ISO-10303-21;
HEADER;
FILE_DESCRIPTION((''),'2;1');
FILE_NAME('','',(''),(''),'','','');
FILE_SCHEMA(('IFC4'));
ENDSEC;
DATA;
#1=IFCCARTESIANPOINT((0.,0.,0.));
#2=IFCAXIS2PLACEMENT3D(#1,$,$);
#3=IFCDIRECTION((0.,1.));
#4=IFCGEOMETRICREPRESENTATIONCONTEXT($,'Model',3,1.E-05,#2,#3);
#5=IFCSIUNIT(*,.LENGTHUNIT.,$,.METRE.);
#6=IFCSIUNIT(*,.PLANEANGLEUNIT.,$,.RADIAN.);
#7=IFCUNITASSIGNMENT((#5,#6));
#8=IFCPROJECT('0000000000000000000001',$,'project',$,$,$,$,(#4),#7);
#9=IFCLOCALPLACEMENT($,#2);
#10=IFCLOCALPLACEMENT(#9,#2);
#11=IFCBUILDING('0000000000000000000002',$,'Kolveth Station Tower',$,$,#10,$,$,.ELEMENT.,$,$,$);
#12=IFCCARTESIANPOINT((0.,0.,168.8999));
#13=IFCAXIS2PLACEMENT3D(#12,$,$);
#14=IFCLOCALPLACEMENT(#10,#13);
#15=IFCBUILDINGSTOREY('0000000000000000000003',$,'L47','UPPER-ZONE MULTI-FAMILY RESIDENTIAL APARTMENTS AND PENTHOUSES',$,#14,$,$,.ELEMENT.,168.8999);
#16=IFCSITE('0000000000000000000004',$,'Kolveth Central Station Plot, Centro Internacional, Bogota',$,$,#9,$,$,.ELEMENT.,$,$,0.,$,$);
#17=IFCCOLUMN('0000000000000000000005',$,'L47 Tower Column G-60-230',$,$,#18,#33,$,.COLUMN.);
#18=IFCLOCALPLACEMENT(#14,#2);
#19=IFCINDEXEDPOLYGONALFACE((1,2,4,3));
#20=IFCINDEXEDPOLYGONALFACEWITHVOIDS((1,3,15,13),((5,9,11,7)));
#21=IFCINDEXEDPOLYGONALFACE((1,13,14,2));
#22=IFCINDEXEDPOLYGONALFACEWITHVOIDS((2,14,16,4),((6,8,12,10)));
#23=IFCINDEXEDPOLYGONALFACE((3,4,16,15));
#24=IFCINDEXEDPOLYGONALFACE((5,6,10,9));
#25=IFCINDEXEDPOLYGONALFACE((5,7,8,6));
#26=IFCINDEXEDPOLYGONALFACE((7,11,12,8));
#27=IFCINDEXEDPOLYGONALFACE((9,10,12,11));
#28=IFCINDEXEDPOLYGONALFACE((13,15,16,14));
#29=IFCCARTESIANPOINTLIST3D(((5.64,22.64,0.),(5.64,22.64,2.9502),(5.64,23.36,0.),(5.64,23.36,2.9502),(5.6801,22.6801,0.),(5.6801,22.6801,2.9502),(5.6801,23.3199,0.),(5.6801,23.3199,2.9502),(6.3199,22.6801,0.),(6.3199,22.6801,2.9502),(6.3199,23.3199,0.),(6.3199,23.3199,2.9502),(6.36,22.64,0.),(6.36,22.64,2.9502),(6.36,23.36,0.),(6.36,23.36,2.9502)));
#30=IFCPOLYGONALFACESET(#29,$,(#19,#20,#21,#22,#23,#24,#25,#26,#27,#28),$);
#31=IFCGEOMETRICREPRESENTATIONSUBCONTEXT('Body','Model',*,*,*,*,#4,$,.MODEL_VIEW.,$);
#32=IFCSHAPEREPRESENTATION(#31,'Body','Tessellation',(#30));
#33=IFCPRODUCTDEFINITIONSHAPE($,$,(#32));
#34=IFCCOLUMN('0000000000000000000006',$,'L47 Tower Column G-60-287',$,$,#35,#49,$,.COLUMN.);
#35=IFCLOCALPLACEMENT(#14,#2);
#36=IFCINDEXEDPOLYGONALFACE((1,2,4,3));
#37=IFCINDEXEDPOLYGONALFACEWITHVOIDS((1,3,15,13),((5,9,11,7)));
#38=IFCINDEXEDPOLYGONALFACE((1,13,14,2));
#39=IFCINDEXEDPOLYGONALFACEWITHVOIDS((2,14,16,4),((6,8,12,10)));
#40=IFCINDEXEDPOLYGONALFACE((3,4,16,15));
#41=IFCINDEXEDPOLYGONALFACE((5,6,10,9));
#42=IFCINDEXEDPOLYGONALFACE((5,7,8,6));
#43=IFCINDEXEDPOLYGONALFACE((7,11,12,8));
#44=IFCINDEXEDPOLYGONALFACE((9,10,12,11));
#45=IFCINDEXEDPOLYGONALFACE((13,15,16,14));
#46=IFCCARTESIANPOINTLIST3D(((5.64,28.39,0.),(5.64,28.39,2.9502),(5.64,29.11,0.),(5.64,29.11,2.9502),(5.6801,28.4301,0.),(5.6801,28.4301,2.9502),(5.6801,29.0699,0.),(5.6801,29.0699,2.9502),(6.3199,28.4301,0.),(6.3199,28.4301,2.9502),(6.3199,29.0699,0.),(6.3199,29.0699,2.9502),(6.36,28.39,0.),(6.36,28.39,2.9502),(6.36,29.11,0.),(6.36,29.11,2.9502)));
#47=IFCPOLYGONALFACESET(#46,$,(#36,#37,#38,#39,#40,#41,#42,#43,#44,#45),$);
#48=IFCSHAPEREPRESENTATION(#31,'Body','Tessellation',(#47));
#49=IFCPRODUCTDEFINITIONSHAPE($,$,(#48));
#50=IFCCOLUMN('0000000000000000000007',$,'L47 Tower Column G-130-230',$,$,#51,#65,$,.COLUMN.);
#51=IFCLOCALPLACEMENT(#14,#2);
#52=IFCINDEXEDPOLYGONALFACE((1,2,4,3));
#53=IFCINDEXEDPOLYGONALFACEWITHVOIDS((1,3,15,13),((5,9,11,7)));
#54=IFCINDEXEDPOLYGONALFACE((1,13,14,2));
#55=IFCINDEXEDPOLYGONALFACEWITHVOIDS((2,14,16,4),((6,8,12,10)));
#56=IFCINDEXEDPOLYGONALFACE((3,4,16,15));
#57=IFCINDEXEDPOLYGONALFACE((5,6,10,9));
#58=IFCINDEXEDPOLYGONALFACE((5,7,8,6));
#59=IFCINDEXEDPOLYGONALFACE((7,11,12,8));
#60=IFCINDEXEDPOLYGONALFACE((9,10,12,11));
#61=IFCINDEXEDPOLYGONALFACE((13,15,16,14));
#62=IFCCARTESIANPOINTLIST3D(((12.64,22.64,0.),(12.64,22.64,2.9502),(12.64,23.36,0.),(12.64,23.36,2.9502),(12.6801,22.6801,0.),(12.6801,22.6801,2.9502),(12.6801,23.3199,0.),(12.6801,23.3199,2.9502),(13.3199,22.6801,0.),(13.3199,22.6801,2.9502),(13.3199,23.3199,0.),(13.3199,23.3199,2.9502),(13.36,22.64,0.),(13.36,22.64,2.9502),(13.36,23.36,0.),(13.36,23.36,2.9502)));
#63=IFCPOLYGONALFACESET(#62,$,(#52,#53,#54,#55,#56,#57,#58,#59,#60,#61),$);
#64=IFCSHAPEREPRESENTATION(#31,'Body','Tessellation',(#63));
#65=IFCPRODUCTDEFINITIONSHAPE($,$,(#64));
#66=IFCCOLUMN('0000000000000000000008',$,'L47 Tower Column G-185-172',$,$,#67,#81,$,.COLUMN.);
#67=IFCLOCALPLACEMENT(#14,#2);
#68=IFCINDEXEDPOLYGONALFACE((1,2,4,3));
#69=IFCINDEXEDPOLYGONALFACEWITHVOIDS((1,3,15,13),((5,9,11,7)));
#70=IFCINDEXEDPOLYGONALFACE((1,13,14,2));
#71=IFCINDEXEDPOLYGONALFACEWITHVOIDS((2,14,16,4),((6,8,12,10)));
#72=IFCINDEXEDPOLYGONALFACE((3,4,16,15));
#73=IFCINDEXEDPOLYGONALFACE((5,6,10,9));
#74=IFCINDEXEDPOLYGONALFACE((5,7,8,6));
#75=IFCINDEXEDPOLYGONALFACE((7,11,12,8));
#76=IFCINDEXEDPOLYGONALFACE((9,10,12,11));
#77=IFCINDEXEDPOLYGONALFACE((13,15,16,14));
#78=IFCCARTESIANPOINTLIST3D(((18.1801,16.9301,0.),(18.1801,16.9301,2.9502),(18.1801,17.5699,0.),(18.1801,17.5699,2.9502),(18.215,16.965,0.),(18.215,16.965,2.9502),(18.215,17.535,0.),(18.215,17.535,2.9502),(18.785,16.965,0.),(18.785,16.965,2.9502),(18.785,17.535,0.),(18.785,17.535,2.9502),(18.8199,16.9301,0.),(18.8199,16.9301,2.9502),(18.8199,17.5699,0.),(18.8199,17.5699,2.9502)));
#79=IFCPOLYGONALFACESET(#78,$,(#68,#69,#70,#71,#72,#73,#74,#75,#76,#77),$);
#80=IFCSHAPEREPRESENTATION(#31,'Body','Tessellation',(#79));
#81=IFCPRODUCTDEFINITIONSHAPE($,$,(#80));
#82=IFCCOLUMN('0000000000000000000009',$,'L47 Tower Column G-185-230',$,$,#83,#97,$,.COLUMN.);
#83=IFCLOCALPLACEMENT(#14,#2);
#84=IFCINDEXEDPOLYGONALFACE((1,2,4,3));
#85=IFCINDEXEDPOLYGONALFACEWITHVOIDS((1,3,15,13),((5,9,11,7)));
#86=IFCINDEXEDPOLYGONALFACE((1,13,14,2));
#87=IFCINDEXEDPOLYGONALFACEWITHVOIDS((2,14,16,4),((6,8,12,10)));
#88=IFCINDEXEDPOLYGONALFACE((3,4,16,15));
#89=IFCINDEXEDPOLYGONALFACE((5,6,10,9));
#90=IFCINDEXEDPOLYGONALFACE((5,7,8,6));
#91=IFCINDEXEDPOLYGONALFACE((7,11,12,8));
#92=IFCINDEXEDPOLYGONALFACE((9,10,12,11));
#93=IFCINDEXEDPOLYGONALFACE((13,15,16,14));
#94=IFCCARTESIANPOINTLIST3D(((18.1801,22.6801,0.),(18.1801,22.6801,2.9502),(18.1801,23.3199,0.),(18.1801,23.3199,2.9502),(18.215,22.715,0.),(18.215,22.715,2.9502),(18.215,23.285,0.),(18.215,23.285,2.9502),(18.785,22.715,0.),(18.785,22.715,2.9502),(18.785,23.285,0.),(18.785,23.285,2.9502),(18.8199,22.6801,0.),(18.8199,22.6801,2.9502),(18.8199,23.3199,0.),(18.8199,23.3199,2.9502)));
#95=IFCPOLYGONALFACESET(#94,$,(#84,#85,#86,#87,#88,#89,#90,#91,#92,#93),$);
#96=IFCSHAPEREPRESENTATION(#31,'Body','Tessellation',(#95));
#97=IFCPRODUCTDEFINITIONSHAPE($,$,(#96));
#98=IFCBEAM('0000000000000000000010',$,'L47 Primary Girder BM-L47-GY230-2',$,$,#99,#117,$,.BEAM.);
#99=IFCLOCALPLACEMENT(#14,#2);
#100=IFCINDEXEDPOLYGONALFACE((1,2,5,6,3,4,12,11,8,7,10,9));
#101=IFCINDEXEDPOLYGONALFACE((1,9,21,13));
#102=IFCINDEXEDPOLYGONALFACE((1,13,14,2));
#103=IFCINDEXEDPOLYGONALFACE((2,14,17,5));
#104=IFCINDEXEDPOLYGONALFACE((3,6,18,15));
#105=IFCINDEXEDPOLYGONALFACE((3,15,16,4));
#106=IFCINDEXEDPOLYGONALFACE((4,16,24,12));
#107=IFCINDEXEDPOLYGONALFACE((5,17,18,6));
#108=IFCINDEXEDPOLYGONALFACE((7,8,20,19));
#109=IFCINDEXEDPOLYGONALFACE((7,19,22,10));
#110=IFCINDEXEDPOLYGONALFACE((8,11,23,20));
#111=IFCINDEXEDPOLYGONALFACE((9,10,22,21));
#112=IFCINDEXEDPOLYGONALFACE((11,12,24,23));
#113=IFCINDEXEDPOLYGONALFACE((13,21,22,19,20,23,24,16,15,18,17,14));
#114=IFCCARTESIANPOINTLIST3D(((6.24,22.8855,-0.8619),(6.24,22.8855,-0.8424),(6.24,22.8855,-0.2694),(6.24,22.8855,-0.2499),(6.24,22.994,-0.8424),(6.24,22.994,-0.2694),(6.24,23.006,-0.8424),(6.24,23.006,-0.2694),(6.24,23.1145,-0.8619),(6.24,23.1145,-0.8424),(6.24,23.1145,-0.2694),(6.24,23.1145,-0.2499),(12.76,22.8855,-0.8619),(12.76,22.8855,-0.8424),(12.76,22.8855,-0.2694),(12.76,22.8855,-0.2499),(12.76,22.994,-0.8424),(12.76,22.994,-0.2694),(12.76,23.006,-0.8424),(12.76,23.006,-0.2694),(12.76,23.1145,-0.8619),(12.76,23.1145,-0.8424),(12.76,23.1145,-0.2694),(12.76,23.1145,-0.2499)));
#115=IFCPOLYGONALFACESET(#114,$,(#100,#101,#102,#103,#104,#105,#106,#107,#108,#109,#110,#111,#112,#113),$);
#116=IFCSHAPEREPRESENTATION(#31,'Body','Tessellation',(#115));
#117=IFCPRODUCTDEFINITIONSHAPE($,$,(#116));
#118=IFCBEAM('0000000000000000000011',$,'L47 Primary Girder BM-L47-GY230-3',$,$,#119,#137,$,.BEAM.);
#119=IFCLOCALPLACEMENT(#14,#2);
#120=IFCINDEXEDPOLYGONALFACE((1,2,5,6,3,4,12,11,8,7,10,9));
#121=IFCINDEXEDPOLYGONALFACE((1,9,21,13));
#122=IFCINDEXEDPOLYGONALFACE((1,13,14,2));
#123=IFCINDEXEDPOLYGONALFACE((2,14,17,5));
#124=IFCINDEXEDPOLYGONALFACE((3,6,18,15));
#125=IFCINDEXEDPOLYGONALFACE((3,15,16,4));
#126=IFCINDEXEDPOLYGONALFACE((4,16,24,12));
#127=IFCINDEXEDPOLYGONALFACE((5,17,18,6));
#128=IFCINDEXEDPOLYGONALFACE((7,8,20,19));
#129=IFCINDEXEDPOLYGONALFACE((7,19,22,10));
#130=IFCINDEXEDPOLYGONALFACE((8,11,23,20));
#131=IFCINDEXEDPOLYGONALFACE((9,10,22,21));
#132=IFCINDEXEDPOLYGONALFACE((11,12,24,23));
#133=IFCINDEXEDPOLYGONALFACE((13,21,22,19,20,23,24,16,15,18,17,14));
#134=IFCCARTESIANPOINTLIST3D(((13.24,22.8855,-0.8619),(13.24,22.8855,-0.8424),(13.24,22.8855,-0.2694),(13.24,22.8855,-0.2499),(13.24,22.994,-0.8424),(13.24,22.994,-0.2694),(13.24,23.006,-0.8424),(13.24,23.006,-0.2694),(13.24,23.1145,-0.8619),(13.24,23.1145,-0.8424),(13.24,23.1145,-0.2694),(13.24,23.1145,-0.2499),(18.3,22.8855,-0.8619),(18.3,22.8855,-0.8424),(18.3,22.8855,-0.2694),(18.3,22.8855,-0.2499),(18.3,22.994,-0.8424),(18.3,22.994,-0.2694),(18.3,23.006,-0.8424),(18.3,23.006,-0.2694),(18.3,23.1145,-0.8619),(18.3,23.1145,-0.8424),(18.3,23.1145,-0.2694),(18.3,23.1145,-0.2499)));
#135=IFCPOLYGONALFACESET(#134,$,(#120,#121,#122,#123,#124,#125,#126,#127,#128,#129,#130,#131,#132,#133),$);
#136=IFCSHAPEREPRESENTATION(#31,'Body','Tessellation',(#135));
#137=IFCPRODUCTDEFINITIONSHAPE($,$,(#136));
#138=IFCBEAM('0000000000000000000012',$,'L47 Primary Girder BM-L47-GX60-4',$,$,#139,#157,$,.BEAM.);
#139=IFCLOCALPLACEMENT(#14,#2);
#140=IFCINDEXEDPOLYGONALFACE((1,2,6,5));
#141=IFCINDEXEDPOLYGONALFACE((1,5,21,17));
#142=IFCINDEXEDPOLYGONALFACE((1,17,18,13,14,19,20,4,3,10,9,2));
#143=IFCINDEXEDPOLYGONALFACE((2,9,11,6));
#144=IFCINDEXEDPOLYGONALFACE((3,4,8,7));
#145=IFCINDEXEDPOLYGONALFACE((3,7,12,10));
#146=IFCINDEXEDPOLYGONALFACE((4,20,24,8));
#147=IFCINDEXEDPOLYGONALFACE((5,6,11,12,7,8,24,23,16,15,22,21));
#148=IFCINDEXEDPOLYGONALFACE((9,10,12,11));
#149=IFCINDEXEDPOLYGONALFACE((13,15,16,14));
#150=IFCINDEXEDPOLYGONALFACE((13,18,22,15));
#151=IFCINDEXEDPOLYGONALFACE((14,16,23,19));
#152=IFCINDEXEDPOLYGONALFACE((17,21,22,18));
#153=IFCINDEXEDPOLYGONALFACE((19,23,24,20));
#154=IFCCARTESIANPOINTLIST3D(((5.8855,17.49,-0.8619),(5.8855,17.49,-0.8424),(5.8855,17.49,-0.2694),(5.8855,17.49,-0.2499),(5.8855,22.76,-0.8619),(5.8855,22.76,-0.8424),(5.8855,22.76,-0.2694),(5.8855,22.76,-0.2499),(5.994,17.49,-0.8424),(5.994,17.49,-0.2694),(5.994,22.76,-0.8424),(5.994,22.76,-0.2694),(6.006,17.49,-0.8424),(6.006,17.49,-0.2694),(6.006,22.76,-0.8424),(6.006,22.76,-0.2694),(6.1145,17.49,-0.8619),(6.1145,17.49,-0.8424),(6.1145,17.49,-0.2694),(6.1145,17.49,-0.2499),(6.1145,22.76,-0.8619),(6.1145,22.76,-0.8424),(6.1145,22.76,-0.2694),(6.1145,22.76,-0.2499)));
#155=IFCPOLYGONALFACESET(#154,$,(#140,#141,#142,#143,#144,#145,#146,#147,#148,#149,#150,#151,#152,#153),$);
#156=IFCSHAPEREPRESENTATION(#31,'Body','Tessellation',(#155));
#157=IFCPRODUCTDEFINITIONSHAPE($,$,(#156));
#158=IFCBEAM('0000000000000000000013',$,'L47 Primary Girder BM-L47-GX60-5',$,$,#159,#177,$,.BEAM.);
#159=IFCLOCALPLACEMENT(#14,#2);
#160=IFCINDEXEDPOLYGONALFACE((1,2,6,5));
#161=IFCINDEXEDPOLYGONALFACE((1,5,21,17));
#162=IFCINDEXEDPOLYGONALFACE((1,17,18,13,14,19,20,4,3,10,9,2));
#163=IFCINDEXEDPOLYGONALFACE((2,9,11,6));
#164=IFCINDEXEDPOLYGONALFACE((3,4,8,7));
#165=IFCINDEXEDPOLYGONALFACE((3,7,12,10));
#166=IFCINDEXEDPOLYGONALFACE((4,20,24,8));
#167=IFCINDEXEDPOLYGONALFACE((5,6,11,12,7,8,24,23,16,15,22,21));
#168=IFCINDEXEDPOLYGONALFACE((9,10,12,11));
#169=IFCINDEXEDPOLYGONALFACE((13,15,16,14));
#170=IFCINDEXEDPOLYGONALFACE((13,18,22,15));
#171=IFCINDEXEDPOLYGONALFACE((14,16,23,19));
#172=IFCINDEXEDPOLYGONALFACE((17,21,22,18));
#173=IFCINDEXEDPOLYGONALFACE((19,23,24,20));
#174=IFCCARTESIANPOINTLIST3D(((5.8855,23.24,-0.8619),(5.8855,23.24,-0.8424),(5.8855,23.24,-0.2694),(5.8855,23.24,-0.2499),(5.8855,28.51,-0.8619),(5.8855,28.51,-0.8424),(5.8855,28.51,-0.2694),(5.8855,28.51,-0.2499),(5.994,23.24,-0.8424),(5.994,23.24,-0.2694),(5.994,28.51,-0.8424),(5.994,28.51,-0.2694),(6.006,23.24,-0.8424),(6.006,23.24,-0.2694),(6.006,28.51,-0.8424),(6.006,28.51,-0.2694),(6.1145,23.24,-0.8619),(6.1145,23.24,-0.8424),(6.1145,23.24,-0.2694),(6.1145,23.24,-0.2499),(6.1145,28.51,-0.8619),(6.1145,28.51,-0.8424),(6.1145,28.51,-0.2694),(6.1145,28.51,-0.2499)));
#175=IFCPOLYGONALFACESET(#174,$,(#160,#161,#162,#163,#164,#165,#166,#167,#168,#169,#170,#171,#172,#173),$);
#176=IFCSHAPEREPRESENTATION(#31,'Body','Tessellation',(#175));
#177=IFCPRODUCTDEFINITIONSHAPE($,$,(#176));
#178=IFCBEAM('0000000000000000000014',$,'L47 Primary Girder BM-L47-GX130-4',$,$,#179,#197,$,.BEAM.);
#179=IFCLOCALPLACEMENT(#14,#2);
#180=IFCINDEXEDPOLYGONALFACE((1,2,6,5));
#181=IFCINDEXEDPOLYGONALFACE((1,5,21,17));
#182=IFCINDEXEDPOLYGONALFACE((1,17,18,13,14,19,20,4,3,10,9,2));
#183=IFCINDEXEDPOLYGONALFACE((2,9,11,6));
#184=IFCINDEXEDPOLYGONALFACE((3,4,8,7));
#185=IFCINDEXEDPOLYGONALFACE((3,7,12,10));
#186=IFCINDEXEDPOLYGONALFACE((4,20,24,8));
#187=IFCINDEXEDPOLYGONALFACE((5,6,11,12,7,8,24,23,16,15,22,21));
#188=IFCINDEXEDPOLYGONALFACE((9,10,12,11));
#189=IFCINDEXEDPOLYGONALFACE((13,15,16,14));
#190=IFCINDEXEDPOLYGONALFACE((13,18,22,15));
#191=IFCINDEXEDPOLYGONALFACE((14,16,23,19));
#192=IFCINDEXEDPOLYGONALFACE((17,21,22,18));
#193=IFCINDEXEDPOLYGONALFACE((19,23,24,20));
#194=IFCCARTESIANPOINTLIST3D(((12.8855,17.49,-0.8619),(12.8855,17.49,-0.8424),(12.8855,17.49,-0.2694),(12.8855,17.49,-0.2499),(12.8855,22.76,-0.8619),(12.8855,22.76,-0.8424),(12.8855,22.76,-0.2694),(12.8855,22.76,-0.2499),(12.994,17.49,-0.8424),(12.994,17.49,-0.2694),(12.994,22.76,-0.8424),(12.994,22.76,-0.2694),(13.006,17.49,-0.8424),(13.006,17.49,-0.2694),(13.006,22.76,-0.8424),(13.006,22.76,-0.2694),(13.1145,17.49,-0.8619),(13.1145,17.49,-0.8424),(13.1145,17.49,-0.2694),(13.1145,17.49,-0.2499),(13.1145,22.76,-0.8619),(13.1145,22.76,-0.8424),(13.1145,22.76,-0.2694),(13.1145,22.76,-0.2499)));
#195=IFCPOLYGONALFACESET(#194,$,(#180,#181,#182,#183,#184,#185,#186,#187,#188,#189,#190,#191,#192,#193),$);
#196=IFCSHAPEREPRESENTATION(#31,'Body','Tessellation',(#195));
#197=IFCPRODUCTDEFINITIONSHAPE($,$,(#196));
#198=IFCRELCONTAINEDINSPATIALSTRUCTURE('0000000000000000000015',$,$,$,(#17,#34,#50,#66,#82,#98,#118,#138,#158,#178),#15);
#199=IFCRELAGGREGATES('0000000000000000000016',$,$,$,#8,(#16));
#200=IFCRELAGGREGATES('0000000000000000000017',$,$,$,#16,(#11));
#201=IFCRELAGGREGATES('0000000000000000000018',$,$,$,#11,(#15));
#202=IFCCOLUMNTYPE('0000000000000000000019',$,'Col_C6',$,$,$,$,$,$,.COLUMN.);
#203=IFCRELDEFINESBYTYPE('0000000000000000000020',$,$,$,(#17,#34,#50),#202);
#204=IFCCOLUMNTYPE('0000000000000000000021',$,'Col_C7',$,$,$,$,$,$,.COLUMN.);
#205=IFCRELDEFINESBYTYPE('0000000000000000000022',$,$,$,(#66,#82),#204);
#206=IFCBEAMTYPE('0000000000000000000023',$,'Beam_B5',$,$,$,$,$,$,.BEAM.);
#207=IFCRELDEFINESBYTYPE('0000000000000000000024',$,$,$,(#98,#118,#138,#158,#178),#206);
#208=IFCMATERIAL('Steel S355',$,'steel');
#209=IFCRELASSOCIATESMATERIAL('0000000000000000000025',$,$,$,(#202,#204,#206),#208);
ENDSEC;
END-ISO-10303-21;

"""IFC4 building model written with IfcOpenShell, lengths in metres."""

from ifc_helpers import new_model, si_unit, direction, frame, origin, origin_2d, place, context, subcontext, project, spatial, hollow_rectangle, i_section, extrude, source, transform, mapped, material, material_profile, profile_set, type_object, element, save


model = new_model("IFC4")

# Units and contexts
model_context = context("Model", 3, precision=1e-05, world=origin(), true_north=direction((0.0, 1.0)))
body_context = subcontext(model_context, "Body", "Model", "MODEL_VIEW")
ifc_project = project(units=[si_unit("LENGTHUNIT", "METRE"), si_unit("PLANEANGLEUNIT", "RADIAN")], contexts=[model_context])

# Site, building, storey
site_placement = place(None, origin())
site = spatial("IfcSite", under=ifc_project, at=site_placement, Name="Kolveth Central Station Plot, Centro Internacional, Bogota", CompositionType="ELEMENT", RefElevation=0.0)
building_placement = place(site_placement, origin())
building = spatial("IfcBuilding", under=site, at=building_placement, Name="Kolveth Station Tower", CompositionType="ELEMENT")
storey_placement = place(building_placement, frame((0.0, 0.0, 168.8999)))
storey = spatial("IfcBuildingStorey", under=building, at=storey_placement, Name="L47", Description="UPPER-ZONE MULTI-FAMILY RESIDENTIAL APARTMENTS AND PENTHOUSES", CompositionType="ELEMENT", Elevation=168.8999)

# Columns
ifc_material_1 = material(Name="Steel S355", Category="steel")
ifc_material_profile_1 = material_profile(ifc_material_1, hollow_rectangle(XDim=0.72, YDim=0.72, WallThickness=0.04, at=origin_2d()), Name="BOX720x720x40")
ifc_profile_set_1 = profile_set([ifc_material_profile_1], Name="Steel S355")
column_type_1 = type_object("IfcColumnType", Name="Col_C6", PredefinedType="COLUMN", material=ifc_profile_set_1)
shared_shape_1 = source(origin(), body_context, "Body", "SweptSolid", [
    extrude(hollow_rectangle(XDim=0.72, YDim=0.72, WallThickness=0.04, at=origin_2d()), origin(), (0.0, 0.0, 1.0), 2.9502),
])
for number, where, z_axis, x_axis, name in (
    (1, (6.0, 23.0, 0.0), (0.0, 0.0, 1.0), (1.0, 0.0, 0.0), "L47 Tower Column G-60-230"),
    (2, (6.0, 28.75, 0.0), (0.0, 0.0, 1.0), (1.0, 0.0, 0.0), "L47 Tower Column G-60-287"),
    (3, (13.0, 23.0, 0.0), (0.0, 0.0, 1.0), (1.0, 0.0, 0.0), "L47 Tower Column G-130-230"),
):
    element("IfcColumn", number, at=place(storey_placement, frame(where, z_axis=z_axis, x_axis=x_axis)), inside=storey, type_object=column_type_1, Name=name, PredefinedType="COLUMN", context=body_context, shape_type="MappedRepresentation", body=[
        mapped(shared_shape_1, transform((0.0, 0.0, 0.0), x_axis=(1.0, 0.0, 0.0), y_axis=(0.0, 1.0, 0.0), z_axis=(0.0, 0.0, 1.0), scale=1.0)),
    ])
ifc_material_profile_2 = material_profile(ifc_material_1, hollow_rectangle(XDim=0.6399, YDim=0.6399, WallThickness=0.0349, at=origin_2d()), Name="BOX640x640x35")
ifc_profile_set_2 = profile_set([ifc_material_profile_2], Name="Steel S355")
column_type_2 = type_object("IfcColumnType", Name="Col_C7", PredefinedType="COLUMN", material=ifc_profile_set_2)
shared_shape_2 = source(origin(), body_context, "Body", "SweptSolid", [
    extrude(hollow_rectangle(XDim=0.6399, YDim=0.6399, WallThickness=0.0349, at=origin_2d()), origin(), (0.0, 0.0, 1.0), 2.9502),
])
for number, where, z_axis, x_axis, name in (
    (4, (18.5, 17.25, 0.0), (0.0, 0.0, 1.0), (1.0, 0.0, 0.0), "L47 Tower Column G-185-172"),
    (5, (18.5, 23.0, 0.0), (0.0, 0.0, 1.0), (1.0, 0.0, 0.0), "L47 Tower Column G-185-230"),
):
    element("IfcColumn", number, at=place(storey_placement, frame(where, z_axis=z_axis, x_axis=x_axis)), inside=storey, type_object=column_type_2, Name=name, PredefinedType="COLUMN", context=body_context, shape_type="MappedRepresentation", body=[
        mapped(shared_shape_2, transform((0.0, 0.0, 0.0), x_axis=(1.0, 0.0, 0.0), y_axis=(0.0, 1.0, 0.0), z_axis=(0.0, 0.0, 1.0), scale=1.0)),
    ])

# Beams
ifc_material_profile_3 = material_profile(ifc_material_1, i_section(OverallWidth=0.229, OverallDepth=0.6121, WebThickness=0.012, FlangeThickness=0.0195, at=origin_2d()), Name="W610x125")
ifc_profile_set_3 = profile_set([ifc_material_profile_3], Name="Steel S355")
beam_type_1 = type_object("IfcBeamType", Name="Beam_B5", PredefinedType="BEAM", material=ifc_profile_set_3)
shared_shape_3 = source(origin(), body_context, "Body", "SweptSolid", [
    extrude(i_section(OverallWidth=0.229, OverallDepth=0.6121, WebThickness=0.012, FlangeThickness=0.0195, at=origin_2d()), origin(), (0.0, 0.0, 1.0), 6.52),
])
beam_1_placement = place(storey_placement, frame((6.24, 23.0, -0.5559), z_axis=(1.0, 0.0, 0.0), x_axis=(0.0, 1.0, 0.0)))
element("IfcBeam", 6, at=beam_1_placement, inside=storey, type_object=beam_type_1, Name="L47 Primary Girder BM-L47-GY230-2", PredefinedType="BEAM", context=body_context, shape_type="MappedRepresentation", body=[
    mapped(shared_shape_3, transform((0.0, 0.0, 0.0), x_axis=(1.0, 0.0, 0.0), y_axis=(0.0, 1.0, 0.0), z_axis=(0.0, 0.0, 1.0), scale=1.0)),
])
shared_shape_4 = source(origin(), body_context, "Body", "SweptSolid", [
    extrude(i_section(OverallWidth=0.229, OverallDepth=0.6121, WebThickness=0.012, FlangeThickness=0.0195, at=origin_2d()), origin(), (0.0, 0.0, 1.0), 5.0601),
])
beam_2_placement = place(storey_placement, frame((13.24, 23.0, -0.5559), z_axis=(1.0, 0.0, 0.0), x_axis=(0.0, 1.0, 0.0)))
element("IfcBeam", 7, at=beam_2_placement, inside=storey, type_object=beam_type_1, Name="L47 Primary Girder BM-L47-GY230-3", PredefinedType="BEAM", context=body_context, shape_type="MappedRepresentation", body=[
    mapped(shared_shape_4, transform((0.0, 0.0, 0.0), x_axis=(1.0, 0.0, 0.0), y_axis=(0.0, 1.0, 0.0), z_axis=(0.0, 0.0, 1.0), scale=1.0)),
])
shared_shape_5 = source(origin(), body_context, "Body", "SweptSolid", [
    extrude(i_section(OverallWidth=0.229, OverallDepth=0.6121, WebThickness=0.012, FlangeThickness=0.0195, at=origin_2d()), origin(), (0.0, 0.0, 1.0), 5.27),
])
for number, where, z_axis, x_axis, name in (
    (8, (6.0, 17.49, -0.5559), (0.0, 1.0, 0.0), (-1.0, 0.0, 0.0), "L47 Primary Girder BM-L47-GX60-4"),
    (9, (6.0, 23.24, -0.5559), (0.0, 1.0, 0.0), (-1.0, 0.0, 0.0), "L47 Primary Girder BM-L47-GX60-5"),
    (10, (13.0, 17.49, -0.5559), (0.0, 1.0, 0.0), (-1.0, 0.0, 0.0), "L47 Primary Girder BM-L47-GX130-4"),
):
    element("IfcBeam", number, at=place(storey_placement, frame(where, z_axis=z_axis, x_axis=x_axis)), inside=storey, type_object=beam_type_1, Name=name, PredefinedType="BEAM", context=body_context, shape_type="MappedRepresentation", body=[
        mapped(shared_shape_5, transform((0.0, 0.0, 0.0), x_axis=(1.0, 0.0, 0.0), y_axis=(0.0, 1.0, 0.0), z_axis=(0.0, 0.0, 1.0), scale=1.0)),
    ])

save(model, "model.ifc")
